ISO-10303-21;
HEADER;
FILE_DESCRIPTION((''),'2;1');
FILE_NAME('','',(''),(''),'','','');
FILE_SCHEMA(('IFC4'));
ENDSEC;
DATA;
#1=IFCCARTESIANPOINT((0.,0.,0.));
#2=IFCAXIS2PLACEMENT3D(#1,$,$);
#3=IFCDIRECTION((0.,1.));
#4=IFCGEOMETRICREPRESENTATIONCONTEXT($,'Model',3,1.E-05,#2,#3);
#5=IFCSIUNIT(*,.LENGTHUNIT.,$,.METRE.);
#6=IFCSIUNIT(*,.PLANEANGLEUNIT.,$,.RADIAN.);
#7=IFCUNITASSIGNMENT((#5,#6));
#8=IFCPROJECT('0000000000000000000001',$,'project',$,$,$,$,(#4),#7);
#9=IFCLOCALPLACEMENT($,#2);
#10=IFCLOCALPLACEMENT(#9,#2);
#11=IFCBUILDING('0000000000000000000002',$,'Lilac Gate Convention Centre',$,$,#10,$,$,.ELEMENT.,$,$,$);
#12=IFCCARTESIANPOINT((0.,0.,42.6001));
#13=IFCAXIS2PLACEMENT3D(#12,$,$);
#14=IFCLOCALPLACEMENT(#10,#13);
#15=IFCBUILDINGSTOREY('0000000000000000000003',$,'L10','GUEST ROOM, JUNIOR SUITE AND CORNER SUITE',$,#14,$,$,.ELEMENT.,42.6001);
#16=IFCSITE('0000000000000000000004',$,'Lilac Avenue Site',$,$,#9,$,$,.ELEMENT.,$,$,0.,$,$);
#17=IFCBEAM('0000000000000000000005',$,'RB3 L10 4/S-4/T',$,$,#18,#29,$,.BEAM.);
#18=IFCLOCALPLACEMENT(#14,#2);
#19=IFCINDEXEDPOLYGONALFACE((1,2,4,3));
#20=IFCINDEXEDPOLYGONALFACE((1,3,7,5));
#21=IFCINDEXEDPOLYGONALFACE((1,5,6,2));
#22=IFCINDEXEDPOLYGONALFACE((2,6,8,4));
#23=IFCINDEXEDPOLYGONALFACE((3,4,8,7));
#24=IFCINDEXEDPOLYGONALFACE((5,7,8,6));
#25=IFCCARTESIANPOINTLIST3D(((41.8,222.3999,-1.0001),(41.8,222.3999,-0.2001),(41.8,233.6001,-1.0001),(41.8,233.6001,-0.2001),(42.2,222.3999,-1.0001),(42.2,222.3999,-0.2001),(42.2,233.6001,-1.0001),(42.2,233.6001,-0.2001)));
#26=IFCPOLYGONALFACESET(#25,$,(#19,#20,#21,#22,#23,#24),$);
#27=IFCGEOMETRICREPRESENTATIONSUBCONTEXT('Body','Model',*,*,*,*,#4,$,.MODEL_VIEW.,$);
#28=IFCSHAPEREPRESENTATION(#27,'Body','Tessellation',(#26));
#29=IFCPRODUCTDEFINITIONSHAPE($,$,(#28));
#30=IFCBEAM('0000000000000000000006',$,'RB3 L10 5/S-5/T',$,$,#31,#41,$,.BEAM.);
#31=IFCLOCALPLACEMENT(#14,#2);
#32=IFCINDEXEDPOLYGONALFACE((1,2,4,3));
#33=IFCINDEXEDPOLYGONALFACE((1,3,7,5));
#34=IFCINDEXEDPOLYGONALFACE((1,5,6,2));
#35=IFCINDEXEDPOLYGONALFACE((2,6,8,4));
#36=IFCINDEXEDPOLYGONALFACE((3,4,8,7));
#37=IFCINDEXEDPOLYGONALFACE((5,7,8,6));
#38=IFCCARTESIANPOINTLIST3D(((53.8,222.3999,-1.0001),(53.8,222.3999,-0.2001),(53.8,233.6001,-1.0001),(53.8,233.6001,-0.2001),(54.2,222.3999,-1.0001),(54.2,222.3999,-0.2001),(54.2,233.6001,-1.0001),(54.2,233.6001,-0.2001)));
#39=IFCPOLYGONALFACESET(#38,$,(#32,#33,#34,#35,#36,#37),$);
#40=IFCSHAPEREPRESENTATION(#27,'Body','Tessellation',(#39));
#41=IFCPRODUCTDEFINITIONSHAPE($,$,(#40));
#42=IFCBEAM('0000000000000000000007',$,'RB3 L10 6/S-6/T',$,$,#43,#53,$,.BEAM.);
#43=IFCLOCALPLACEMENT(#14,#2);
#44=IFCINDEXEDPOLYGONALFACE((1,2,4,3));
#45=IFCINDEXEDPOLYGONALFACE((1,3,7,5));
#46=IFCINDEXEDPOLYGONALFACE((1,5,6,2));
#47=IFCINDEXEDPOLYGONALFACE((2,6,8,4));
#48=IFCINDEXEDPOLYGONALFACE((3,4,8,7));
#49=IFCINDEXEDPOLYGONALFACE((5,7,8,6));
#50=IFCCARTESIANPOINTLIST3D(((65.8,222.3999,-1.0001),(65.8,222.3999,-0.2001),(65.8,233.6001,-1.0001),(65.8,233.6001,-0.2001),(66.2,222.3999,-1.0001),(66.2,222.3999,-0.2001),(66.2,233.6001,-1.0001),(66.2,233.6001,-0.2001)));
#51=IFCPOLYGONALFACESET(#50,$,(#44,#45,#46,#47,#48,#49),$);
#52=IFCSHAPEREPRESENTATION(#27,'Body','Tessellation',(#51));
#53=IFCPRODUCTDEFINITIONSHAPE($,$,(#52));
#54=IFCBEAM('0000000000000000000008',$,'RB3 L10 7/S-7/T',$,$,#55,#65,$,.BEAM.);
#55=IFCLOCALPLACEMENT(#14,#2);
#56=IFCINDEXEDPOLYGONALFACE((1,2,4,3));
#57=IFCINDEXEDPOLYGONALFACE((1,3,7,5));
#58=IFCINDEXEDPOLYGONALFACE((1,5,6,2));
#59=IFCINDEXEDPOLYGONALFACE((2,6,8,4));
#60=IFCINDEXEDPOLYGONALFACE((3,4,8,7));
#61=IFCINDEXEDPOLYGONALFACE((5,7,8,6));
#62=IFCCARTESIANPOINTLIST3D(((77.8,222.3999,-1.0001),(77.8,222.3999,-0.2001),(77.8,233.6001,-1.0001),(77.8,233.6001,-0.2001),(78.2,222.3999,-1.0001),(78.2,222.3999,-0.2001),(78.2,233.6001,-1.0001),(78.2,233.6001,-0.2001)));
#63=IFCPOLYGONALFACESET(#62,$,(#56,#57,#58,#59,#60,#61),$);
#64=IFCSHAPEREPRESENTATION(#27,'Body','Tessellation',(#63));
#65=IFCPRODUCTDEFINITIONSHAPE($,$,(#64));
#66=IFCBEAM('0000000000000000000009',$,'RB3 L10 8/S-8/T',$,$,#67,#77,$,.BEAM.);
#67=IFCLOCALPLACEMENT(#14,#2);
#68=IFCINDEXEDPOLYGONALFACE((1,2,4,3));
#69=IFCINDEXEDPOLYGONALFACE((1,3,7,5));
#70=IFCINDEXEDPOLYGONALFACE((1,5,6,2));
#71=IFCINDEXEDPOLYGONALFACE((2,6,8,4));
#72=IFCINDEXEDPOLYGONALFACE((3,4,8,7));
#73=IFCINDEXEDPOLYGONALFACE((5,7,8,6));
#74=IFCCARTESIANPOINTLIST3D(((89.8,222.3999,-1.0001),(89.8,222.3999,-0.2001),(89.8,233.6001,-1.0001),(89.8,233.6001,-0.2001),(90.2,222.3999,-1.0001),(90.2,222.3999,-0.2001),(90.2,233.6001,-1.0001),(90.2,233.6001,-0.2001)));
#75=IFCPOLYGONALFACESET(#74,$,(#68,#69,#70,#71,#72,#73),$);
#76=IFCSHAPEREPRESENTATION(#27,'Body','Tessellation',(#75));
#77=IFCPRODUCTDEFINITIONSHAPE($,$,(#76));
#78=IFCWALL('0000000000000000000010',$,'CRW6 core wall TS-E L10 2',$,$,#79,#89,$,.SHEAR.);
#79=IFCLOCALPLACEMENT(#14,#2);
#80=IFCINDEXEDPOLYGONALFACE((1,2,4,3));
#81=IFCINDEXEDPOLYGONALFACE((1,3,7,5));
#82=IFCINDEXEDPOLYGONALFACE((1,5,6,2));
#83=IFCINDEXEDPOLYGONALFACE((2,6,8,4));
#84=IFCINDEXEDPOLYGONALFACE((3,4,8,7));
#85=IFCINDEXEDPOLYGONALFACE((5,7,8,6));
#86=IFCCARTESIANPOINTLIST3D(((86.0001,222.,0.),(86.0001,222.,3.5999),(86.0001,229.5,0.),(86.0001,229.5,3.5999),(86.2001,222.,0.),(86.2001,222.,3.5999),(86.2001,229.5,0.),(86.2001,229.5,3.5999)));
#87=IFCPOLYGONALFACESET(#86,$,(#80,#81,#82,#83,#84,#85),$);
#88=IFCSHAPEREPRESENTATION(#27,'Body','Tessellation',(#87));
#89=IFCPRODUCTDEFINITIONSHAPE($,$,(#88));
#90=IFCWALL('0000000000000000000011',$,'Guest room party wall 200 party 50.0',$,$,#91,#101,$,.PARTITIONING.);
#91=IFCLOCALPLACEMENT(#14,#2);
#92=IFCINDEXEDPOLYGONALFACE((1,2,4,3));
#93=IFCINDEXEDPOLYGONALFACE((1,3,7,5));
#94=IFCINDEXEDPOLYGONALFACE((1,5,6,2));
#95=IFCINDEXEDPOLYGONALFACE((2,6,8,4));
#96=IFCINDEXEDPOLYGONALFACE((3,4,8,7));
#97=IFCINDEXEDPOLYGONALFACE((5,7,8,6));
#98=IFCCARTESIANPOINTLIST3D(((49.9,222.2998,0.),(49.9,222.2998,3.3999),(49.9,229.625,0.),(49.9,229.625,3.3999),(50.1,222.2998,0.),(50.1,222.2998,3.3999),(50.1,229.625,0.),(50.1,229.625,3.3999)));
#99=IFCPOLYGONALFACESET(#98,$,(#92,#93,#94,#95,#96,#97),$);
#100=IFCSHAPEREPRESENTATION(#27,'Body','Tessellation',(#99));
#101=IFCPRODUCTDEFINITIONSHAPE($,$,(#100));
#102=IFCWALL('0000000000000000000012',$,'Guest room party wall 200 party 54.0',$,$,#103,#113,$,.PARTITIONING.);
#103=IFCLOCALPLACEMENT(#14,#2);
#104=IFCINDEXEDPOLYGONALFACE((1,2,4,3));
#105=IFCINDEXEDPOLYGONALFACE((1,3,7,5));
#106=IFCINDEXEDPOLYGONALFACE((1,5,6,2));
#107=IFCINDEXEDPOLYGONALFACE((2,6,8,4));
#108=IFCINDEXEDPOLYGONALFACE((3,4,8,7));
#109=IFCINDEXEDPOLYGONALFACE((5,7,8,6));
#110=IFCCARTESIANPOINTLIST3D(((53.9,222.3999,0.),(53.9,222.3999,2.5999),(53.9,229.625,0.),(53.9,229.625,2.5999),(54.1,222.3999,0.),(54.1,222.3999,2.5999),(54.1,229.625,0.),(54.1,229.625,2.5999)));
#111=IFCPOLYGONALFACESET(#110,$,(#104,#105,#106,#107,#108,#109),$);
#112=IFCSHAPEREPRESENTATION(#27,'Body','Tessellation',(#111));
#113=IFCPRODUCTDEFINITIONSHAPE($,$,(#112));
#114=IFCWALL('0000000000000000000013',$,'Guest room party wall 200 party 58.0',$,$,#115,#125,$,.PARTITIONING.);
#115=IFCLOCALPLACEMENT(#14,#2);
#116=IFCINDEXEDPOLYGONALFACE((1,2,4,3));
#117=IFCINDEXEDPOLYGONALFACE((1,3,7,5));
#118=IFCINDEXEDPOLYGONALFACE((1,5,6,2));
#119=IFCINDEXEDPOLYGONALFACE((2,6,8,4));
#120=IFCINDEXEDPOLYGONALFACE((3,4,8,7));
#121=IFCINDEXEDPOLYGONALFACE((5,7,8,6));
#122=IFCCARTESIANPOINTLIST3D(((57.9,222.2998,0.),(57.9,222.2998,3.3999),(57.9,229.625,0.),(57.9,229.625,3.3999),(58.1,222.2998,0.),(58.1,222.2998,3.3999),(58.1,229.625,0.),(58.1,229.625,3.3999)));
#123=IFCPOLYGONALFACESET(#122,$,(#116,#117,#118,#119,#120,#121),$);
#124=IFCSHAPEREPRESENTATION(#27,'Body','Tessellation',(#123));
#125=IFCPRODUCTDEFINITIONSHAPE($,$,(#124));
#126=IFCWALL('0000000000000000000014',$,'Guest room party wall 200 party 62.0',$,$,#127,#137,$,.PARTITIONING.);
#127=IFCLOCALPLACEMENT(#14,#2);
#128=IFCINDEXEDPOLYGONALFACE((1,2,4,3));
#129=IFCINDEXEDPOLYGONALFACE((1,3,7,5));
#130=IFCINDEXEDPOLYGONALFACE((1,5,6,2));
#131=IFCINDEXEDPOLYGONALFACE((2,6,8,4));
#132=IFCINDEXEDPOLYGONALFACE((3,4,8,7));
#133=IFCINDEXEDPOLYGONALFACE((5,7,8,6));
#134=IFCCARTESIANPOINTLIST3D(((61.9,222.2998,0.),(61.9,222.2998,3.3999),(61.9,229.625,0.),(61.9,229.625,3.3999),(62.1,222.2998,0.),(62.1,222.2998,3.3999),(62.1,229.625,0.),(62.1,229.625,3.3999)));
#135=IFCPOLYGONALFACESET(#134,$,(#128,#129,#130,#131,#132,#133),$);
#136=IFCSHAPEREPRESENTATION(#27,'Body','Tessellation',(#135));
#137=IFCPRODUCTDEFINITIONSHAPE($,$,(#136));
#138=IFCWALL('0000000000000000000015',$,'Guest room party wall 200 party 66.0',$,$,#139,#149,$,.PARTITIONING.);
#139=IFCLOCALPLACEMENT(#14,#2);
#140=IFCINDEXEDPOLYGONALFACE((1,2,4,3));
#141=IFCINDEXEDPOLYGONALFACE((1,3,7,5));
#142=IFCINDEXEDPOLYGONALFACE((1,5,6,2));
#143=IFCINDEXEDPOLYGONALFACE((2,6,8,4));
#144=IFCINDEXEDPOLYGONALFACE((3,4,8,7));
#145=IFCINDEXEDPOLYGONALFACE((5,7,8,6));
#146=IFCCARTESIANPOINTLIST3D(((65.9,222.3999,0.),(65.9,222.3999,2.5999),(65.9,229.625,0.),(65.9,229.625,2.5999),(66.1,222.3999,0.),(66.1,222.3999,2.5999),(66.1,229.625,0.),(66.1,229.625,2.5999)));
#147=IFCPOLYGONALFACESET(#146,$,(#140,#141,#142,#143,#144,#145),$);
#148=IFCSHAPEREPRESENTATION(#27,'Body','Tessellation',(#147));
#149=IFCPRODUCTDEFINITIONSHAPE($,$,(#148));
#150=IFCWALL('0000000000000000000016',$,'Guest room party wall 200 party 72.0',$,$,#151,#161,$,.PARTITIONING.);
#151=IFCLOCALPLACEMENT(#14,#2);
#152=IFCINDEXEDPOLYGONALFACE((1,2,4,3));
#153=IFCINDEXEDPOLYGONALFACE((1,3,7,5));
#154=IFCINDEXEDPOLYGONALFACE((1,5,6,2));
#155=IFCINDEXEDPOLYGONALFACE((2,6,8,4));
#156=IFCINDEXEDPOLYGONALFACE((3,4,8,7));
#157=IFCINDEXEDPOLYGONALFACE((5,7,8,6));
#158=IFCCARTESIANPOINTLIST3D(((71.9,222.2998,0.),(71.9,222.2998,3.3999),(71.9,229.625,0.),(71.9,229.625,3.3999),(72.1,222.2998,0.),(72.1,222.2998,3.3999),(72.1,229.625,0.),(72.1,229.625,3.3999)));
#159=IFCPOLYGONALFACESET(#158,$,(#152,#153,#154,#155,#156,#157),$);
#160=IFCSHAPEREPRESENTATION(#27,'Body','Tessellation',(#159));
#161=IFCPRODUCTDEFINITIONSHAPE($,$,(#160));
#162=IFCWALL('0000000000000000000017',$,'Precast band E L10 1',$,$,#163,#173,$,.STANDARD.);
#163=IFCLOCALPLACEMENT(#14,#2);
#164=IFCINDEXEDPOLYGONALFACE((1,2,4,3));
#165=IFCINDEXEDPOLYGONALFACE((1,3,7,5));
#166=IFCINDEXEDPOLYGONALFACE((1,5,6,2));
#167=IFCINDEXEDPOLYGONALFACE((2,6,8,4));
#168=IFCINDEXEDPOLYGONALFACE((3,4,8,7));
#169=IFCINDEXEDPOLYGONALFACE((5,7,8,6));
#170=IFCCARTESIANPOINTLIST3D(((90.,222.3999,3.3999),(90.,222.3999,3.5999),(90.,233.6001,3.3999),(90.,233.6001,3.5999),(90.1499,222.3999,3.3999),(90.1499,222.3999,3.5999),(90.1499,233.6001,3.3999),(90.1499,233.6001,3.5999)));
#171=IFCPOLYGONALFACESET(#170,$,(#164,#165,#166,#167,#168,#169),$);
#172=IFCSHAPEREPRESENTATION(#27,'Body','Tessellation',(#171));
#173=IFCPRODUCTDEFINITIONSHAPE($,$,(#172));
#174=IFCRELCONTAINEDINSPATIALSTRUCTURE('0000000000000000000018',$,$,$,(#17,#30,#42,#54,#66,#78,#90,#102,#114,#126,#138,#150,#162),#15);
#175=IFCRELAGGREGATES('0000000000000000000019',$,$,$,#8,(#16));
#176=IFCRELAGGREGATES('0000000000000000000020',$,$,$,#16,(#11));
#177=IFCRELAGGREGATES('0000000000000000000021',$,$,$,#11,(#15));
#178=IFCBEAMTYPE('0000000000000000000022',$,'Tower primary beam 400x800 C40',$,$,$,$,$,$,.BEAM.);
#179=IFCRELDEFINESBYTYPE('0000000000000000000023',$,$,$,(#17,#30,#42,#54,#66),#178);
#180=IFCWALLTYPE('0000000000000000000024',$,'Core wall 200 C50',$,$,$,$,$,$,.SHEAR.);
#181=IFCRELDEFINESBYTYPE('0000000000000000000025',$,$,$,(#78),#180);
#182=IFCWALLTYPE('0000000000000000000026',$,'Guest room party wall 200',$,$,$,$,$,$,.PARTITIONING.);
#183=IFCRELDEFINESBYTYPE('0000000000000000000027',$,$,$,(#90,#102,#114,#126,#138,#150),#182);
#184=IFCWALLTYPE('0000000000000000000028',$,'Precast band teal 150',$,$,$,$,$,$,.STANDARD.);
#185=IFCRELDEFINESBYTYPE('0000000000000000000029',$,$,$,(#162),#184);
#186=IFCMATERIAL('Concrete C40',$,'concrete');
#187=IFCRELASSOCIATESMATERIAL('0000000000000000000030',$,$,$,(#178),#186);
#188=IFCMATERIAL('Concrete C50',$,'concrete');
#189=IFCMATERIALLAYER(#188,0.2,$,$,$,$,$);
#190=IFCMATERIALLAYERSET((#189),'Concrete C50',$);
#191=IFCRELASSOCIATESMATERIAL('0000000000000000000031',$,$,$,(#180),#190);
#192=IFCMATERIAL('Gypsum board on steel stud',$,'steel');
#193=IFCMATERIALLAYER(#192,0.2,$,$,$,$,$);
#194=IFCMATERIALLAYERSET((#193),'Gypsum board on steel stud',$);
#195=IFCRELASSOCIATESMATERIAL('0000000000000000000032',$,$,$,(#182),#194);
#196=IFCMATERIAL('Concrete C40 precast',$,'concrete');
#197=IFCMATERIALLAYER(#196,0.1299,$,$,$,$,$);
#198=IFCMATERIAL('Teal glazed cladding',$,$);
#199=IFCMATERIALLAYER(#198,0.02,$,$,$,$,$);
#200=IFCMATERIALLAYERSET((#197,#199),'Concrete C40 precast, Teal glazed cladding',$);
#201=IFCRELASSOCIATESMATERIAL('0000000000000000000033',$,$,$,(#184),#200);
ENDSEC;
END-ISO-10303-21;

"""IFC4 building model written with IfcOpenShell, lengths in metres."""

from ifc_helpers import new_model, si_unit, direction, frame, frame_2d, origin, origin_2d, place, context, subcontext, project, spatial, rectangle, extrude, material, layer, layer_set, material_profile, profile_set, type_object, element, save


model = new_model("IFC4")

# Units and contexts
model_context = context("Model", 3, precision=1e-05, world=origin(), true_north=direction((0.0, 1.0)))
body_context = subcontext(model_context, "Body", "Model", "MODEL_VIEW")
ifc_project = project(units=[si_unit("LENGTHUNIT", "METRE"), si_unit("PLANEANGLEUNIT", "RADIAN")], contexts=[model_context])

# Site, building, storey
site_placement = place(None, origin())
site = spatial("IfcSite", under=ifc_project, at=site_placement, Name="Lilac Avenue Site", CompositionType="ELEMENT", RefElevation=0.0)
building_placement = place(site_placement, origin())
building = spatial("IfcBuilding", under=site, at=building_placement, Name="Lilac Gate Convention Centre", CompositionType="ELEMENT")
storey_placement = place(building_placement, frame((0.0, 0.0, 42.6001)))
storey = spatial("IfcBuildingStorey", under=building, at=storey_placement, Name="L10", Description="GUEST ROOM, JUNIOR SUITE AND CORNER SUITE", CompositionType="ELEMENT", Elevation=42.6001)

# Beams
ifc_material_1 = material(Name="Concrete C40", Category="concrete")
ifc_material_profile = material_profile(ifc_material_1, rectangle(XDim=0.3999, YDim=0.8, at=origin_2d()), Name="RC 400x800")
ifc_profile_set = profile_set([ifc_material_profile], Name="Concrete C40")
beam_type = type_object("IfcBeamType", Name="Tower primary beam 400x800 C40", PredefinedType="BEAM", material=ifc_profile_set)
for number, where, z_axis, x_axis, name in (
    (1, (42.0, 222.3999, -0.6001), (0.0, 1.0, 0.0), (-1.0, 0.0, 0.0), "RB3 L10 4/S-4/T"),
    (2, (54.0, 222.3999, -0.6001), (0.0, 1.0, 0.0), (-1.0, 0.0, 0.0), "RB3 L10 5/S-5/T"),
    (3, (66.0, 222.3999, -0.6001), (0.0, 1.0, 0.0), (-1.0, 0.0, 0.0), "RB3 L10 6/S-6/T"),
    (4, (78.0, 222.3999, -0.6001), (0.0, 1.0, 0.0), (-1.0, 0.0, 0.0), "RB3 L10 7/S-7/T"),
    (5, (90.0, 222.3999, -0.6001), (0.0, 1.0, 0.0), (-1.0, 0.0, 0.0), "RB3 L10 8/S-8/T"),
):
    element("IfcBeam", number, at=place(storey_placement, frame(where, z_axis=z_axis, x_axis=x_axis)), inside=storey, type_object=beam_type, Name=name, PredefinedType="BEAM", context=body_context, shape_type="SweptSolid", body=[
        extrude(rectangle(XDim=0.3999, YDim=0.8, at=origin_2d()), origin(), (0.0, 0.0, 1.0), 11.2002),
    ])

# Walls
ifc_material_2 = material(Name="Concrete C50", Category="concrete")
ifc_layer_1 = layer(ifc_material_2, 0.2)
ifc_layer_set_1 = layer_set([ifc_layer_1], Name="Concrete C50")
wall_type_1 = type_object("IfcWallType", Name="Core wall 200 C50", PredefinedType="SHEAR", material=ifc_layer_set_1)
wall_1_placement = place(storey_placement, frame((86.1001, 222.0, 0.0), z_axis=(0.0, 0.0, 1.0), x_axis=(0.0, 1.0, 0.0)))
element("IfcWall", 6, at=wall_1_placement, inside=storey, type_object=wall_type_1, Name="CRW6 core wall TS-E L10 2", PredefinedType="SHEAR", context=body_context, shape_type="SweptSolid", body=[
    extrude(rectangle(XDim=7.5, YDim=0.2, at=frame_2d((3.75, 0.0))), origin(), (0.0, 0.0, 1.0), 3.5999),
])
ifc_material_3 = material(Name="Gypsum board on steel stud", Category="steel")
ifc_layer_2 = layer(ifc_material_3, 0.2)
ifc_layer_set_2 = layer_set([ifc_layer_2], Name="Gypsum board on steel stud")
wall_type_2 = type_object("IfcWallType", Name="Guest room party wall 200", PredefinedType="PARTITIONING", material=ifc_layer_set_2)
wall_2_placement = place(storey_placement, frame((50.0, 222.2998, 0.0), z_axis=(0.0, 0.0, 1.0), x_axis=(0.0, 1.0, 0.0)))
element("IfcWall", 7, at=wall_2_placement, inside=storey, type_object=wall_type_2, Name="Guest room party wall 200 party 50.0", PredefinedType="PARTITIONING", context=body_context, shape_type="SweptSolid", body=[
    extrude(rectangle(XDim=7.3252, YDim=0.2, at=frame_2d((3.6626, 0.0))), origin(), (0.0, 0.0, 1.0), 3.3999),
])
wall_3_placement = place(storey_placement, frame((54.0, 222.3999, 0.0), z_axis=(0.0, 0.0, 1.0), x_axis=(0.0, 1.0, 0.0)))
element("IfcWall", 8, at=wall_3_placement, inside=storey, type_object=wall_type_2, Name="Guest room party wall 200 party 54.0", PredefinedType="PARTITIONING", context=body_context, shape_type="SweptSolid", body=[
    extrude(rectangle(XDim=7.2251, YDim=0.2, at=frame_2d((3.6125, 0.0))), origin(), (0.0, 0.0, 1.0), 2.5999),
])
for number, where, z_axis, x_axis, name in (
    (9, (58.0, 222.2998, 0.0), (0.0, 0.0, 1.0), (0.0, 1.0, 0.0), "Guest room party wall 200 party 58.0"),
    (10, (62.0, 222.2998, 0.0), (0.0, 0.0, 1.0), (0.0, 1.0, 0.0), "Guest room party wall 200 party 62.0"),
):
    element("IfcWall", number, at=place(storey_placement, frame(where, z_axis=z_axis, x_axis=x_axis)), inside=storey, type_object=wall_type_2, Name=name, PredefinedType="PARTITIONING", context=body_context, shape_type="SweptSolid", body=[
        extrude(rectangle(XDim=7.3252, YDim=0.2, at=frame_2d((3.6626, 0.0))), origin(), (0.0, 0.0, 1.0), 3.3999),
    ])
wall_4_placement = place(storey_placement, frame((66.0, 222.3999, 0.0), z_axis=(0.0, 0.0, 1.0), x_axis=(0.0, 1.0, 0.0)))
element("IfcWall", 11, at=wall_4_placement, inside=storey, type_object=wall_type_2, Name="Guest room party wall 200 party 66.0", PredefinedType="PARTITIONING", context=body_context, shape_type="SweptSolid", body=[
    extrude(rectangle(XDim=7.2251, YDim=0.2, at=frame_2d((3.6125, 0.0))), origin(), (0.0, 0.0, 1.0), 2.5999),
])
wall_5_placement = place(storey_placement, frame((72.0, 222.2998, 0.0), z_axis=(0.0, 0.0, 1.0), x_axis=(0.0, 1.0, 0.0)))
element("IfcWall", 12, at=wall_5_placement, inside=storey, type_object=wall_type_2, Name="Guest room party wall 200 party 72.0", PredefinedType="PARTITIONING", context=body_context, shape_type="SweptSolid", body=[
    extrude(rectangle(XDim=7.3252, YDim=0.2, at=frame_2d((3.6626, 0.0))), origin(), (0.0, 0.0, 1.0), 3.3999),
])
ifc_material_4 = material(Name="Concrete C40 precast", Category="concrete")
ifc_layer_3 = layer(ifc_material_4, 0.1299)
ifc_material_5 = material(Name="Teal glazed cladding")
ifc_layer_4 = layer(ifc_material_5, 0.02)
ifc_layer_set_3 = layer_set([ifc_layer_3, ifc_layer_4], Name="Concrete C40 precast, Teal glazed cladding")
wall_type_3 = type_object("IfcWallType", Name="Precast band teal 150", PredefinedType="STANDARD", material=ifc_layer_set_3)
wall_6_placement = place(storey_placement, frame((90.075, 222.3999, 3.3999), z_axis=(0.0, 0.0, 1.0), x_axis=(0.0, 1.0, 0.0)))
element("IfcWall", 13, at=wall_6_placement, inside=storey, type_object=wall_type_3, Name="Precast band E L10 1", PredefinedType="STANDARD", context=body_context, shape_type="SweptSolid", body=[
    extrude(rectangle(XDim=11.2002, YDim=0.1499, at=frame_2d((5.6001, 0.0))), origin(), (0.0, 0.0, 1.0), 0.2),
])

save(model, "model.ifc")
